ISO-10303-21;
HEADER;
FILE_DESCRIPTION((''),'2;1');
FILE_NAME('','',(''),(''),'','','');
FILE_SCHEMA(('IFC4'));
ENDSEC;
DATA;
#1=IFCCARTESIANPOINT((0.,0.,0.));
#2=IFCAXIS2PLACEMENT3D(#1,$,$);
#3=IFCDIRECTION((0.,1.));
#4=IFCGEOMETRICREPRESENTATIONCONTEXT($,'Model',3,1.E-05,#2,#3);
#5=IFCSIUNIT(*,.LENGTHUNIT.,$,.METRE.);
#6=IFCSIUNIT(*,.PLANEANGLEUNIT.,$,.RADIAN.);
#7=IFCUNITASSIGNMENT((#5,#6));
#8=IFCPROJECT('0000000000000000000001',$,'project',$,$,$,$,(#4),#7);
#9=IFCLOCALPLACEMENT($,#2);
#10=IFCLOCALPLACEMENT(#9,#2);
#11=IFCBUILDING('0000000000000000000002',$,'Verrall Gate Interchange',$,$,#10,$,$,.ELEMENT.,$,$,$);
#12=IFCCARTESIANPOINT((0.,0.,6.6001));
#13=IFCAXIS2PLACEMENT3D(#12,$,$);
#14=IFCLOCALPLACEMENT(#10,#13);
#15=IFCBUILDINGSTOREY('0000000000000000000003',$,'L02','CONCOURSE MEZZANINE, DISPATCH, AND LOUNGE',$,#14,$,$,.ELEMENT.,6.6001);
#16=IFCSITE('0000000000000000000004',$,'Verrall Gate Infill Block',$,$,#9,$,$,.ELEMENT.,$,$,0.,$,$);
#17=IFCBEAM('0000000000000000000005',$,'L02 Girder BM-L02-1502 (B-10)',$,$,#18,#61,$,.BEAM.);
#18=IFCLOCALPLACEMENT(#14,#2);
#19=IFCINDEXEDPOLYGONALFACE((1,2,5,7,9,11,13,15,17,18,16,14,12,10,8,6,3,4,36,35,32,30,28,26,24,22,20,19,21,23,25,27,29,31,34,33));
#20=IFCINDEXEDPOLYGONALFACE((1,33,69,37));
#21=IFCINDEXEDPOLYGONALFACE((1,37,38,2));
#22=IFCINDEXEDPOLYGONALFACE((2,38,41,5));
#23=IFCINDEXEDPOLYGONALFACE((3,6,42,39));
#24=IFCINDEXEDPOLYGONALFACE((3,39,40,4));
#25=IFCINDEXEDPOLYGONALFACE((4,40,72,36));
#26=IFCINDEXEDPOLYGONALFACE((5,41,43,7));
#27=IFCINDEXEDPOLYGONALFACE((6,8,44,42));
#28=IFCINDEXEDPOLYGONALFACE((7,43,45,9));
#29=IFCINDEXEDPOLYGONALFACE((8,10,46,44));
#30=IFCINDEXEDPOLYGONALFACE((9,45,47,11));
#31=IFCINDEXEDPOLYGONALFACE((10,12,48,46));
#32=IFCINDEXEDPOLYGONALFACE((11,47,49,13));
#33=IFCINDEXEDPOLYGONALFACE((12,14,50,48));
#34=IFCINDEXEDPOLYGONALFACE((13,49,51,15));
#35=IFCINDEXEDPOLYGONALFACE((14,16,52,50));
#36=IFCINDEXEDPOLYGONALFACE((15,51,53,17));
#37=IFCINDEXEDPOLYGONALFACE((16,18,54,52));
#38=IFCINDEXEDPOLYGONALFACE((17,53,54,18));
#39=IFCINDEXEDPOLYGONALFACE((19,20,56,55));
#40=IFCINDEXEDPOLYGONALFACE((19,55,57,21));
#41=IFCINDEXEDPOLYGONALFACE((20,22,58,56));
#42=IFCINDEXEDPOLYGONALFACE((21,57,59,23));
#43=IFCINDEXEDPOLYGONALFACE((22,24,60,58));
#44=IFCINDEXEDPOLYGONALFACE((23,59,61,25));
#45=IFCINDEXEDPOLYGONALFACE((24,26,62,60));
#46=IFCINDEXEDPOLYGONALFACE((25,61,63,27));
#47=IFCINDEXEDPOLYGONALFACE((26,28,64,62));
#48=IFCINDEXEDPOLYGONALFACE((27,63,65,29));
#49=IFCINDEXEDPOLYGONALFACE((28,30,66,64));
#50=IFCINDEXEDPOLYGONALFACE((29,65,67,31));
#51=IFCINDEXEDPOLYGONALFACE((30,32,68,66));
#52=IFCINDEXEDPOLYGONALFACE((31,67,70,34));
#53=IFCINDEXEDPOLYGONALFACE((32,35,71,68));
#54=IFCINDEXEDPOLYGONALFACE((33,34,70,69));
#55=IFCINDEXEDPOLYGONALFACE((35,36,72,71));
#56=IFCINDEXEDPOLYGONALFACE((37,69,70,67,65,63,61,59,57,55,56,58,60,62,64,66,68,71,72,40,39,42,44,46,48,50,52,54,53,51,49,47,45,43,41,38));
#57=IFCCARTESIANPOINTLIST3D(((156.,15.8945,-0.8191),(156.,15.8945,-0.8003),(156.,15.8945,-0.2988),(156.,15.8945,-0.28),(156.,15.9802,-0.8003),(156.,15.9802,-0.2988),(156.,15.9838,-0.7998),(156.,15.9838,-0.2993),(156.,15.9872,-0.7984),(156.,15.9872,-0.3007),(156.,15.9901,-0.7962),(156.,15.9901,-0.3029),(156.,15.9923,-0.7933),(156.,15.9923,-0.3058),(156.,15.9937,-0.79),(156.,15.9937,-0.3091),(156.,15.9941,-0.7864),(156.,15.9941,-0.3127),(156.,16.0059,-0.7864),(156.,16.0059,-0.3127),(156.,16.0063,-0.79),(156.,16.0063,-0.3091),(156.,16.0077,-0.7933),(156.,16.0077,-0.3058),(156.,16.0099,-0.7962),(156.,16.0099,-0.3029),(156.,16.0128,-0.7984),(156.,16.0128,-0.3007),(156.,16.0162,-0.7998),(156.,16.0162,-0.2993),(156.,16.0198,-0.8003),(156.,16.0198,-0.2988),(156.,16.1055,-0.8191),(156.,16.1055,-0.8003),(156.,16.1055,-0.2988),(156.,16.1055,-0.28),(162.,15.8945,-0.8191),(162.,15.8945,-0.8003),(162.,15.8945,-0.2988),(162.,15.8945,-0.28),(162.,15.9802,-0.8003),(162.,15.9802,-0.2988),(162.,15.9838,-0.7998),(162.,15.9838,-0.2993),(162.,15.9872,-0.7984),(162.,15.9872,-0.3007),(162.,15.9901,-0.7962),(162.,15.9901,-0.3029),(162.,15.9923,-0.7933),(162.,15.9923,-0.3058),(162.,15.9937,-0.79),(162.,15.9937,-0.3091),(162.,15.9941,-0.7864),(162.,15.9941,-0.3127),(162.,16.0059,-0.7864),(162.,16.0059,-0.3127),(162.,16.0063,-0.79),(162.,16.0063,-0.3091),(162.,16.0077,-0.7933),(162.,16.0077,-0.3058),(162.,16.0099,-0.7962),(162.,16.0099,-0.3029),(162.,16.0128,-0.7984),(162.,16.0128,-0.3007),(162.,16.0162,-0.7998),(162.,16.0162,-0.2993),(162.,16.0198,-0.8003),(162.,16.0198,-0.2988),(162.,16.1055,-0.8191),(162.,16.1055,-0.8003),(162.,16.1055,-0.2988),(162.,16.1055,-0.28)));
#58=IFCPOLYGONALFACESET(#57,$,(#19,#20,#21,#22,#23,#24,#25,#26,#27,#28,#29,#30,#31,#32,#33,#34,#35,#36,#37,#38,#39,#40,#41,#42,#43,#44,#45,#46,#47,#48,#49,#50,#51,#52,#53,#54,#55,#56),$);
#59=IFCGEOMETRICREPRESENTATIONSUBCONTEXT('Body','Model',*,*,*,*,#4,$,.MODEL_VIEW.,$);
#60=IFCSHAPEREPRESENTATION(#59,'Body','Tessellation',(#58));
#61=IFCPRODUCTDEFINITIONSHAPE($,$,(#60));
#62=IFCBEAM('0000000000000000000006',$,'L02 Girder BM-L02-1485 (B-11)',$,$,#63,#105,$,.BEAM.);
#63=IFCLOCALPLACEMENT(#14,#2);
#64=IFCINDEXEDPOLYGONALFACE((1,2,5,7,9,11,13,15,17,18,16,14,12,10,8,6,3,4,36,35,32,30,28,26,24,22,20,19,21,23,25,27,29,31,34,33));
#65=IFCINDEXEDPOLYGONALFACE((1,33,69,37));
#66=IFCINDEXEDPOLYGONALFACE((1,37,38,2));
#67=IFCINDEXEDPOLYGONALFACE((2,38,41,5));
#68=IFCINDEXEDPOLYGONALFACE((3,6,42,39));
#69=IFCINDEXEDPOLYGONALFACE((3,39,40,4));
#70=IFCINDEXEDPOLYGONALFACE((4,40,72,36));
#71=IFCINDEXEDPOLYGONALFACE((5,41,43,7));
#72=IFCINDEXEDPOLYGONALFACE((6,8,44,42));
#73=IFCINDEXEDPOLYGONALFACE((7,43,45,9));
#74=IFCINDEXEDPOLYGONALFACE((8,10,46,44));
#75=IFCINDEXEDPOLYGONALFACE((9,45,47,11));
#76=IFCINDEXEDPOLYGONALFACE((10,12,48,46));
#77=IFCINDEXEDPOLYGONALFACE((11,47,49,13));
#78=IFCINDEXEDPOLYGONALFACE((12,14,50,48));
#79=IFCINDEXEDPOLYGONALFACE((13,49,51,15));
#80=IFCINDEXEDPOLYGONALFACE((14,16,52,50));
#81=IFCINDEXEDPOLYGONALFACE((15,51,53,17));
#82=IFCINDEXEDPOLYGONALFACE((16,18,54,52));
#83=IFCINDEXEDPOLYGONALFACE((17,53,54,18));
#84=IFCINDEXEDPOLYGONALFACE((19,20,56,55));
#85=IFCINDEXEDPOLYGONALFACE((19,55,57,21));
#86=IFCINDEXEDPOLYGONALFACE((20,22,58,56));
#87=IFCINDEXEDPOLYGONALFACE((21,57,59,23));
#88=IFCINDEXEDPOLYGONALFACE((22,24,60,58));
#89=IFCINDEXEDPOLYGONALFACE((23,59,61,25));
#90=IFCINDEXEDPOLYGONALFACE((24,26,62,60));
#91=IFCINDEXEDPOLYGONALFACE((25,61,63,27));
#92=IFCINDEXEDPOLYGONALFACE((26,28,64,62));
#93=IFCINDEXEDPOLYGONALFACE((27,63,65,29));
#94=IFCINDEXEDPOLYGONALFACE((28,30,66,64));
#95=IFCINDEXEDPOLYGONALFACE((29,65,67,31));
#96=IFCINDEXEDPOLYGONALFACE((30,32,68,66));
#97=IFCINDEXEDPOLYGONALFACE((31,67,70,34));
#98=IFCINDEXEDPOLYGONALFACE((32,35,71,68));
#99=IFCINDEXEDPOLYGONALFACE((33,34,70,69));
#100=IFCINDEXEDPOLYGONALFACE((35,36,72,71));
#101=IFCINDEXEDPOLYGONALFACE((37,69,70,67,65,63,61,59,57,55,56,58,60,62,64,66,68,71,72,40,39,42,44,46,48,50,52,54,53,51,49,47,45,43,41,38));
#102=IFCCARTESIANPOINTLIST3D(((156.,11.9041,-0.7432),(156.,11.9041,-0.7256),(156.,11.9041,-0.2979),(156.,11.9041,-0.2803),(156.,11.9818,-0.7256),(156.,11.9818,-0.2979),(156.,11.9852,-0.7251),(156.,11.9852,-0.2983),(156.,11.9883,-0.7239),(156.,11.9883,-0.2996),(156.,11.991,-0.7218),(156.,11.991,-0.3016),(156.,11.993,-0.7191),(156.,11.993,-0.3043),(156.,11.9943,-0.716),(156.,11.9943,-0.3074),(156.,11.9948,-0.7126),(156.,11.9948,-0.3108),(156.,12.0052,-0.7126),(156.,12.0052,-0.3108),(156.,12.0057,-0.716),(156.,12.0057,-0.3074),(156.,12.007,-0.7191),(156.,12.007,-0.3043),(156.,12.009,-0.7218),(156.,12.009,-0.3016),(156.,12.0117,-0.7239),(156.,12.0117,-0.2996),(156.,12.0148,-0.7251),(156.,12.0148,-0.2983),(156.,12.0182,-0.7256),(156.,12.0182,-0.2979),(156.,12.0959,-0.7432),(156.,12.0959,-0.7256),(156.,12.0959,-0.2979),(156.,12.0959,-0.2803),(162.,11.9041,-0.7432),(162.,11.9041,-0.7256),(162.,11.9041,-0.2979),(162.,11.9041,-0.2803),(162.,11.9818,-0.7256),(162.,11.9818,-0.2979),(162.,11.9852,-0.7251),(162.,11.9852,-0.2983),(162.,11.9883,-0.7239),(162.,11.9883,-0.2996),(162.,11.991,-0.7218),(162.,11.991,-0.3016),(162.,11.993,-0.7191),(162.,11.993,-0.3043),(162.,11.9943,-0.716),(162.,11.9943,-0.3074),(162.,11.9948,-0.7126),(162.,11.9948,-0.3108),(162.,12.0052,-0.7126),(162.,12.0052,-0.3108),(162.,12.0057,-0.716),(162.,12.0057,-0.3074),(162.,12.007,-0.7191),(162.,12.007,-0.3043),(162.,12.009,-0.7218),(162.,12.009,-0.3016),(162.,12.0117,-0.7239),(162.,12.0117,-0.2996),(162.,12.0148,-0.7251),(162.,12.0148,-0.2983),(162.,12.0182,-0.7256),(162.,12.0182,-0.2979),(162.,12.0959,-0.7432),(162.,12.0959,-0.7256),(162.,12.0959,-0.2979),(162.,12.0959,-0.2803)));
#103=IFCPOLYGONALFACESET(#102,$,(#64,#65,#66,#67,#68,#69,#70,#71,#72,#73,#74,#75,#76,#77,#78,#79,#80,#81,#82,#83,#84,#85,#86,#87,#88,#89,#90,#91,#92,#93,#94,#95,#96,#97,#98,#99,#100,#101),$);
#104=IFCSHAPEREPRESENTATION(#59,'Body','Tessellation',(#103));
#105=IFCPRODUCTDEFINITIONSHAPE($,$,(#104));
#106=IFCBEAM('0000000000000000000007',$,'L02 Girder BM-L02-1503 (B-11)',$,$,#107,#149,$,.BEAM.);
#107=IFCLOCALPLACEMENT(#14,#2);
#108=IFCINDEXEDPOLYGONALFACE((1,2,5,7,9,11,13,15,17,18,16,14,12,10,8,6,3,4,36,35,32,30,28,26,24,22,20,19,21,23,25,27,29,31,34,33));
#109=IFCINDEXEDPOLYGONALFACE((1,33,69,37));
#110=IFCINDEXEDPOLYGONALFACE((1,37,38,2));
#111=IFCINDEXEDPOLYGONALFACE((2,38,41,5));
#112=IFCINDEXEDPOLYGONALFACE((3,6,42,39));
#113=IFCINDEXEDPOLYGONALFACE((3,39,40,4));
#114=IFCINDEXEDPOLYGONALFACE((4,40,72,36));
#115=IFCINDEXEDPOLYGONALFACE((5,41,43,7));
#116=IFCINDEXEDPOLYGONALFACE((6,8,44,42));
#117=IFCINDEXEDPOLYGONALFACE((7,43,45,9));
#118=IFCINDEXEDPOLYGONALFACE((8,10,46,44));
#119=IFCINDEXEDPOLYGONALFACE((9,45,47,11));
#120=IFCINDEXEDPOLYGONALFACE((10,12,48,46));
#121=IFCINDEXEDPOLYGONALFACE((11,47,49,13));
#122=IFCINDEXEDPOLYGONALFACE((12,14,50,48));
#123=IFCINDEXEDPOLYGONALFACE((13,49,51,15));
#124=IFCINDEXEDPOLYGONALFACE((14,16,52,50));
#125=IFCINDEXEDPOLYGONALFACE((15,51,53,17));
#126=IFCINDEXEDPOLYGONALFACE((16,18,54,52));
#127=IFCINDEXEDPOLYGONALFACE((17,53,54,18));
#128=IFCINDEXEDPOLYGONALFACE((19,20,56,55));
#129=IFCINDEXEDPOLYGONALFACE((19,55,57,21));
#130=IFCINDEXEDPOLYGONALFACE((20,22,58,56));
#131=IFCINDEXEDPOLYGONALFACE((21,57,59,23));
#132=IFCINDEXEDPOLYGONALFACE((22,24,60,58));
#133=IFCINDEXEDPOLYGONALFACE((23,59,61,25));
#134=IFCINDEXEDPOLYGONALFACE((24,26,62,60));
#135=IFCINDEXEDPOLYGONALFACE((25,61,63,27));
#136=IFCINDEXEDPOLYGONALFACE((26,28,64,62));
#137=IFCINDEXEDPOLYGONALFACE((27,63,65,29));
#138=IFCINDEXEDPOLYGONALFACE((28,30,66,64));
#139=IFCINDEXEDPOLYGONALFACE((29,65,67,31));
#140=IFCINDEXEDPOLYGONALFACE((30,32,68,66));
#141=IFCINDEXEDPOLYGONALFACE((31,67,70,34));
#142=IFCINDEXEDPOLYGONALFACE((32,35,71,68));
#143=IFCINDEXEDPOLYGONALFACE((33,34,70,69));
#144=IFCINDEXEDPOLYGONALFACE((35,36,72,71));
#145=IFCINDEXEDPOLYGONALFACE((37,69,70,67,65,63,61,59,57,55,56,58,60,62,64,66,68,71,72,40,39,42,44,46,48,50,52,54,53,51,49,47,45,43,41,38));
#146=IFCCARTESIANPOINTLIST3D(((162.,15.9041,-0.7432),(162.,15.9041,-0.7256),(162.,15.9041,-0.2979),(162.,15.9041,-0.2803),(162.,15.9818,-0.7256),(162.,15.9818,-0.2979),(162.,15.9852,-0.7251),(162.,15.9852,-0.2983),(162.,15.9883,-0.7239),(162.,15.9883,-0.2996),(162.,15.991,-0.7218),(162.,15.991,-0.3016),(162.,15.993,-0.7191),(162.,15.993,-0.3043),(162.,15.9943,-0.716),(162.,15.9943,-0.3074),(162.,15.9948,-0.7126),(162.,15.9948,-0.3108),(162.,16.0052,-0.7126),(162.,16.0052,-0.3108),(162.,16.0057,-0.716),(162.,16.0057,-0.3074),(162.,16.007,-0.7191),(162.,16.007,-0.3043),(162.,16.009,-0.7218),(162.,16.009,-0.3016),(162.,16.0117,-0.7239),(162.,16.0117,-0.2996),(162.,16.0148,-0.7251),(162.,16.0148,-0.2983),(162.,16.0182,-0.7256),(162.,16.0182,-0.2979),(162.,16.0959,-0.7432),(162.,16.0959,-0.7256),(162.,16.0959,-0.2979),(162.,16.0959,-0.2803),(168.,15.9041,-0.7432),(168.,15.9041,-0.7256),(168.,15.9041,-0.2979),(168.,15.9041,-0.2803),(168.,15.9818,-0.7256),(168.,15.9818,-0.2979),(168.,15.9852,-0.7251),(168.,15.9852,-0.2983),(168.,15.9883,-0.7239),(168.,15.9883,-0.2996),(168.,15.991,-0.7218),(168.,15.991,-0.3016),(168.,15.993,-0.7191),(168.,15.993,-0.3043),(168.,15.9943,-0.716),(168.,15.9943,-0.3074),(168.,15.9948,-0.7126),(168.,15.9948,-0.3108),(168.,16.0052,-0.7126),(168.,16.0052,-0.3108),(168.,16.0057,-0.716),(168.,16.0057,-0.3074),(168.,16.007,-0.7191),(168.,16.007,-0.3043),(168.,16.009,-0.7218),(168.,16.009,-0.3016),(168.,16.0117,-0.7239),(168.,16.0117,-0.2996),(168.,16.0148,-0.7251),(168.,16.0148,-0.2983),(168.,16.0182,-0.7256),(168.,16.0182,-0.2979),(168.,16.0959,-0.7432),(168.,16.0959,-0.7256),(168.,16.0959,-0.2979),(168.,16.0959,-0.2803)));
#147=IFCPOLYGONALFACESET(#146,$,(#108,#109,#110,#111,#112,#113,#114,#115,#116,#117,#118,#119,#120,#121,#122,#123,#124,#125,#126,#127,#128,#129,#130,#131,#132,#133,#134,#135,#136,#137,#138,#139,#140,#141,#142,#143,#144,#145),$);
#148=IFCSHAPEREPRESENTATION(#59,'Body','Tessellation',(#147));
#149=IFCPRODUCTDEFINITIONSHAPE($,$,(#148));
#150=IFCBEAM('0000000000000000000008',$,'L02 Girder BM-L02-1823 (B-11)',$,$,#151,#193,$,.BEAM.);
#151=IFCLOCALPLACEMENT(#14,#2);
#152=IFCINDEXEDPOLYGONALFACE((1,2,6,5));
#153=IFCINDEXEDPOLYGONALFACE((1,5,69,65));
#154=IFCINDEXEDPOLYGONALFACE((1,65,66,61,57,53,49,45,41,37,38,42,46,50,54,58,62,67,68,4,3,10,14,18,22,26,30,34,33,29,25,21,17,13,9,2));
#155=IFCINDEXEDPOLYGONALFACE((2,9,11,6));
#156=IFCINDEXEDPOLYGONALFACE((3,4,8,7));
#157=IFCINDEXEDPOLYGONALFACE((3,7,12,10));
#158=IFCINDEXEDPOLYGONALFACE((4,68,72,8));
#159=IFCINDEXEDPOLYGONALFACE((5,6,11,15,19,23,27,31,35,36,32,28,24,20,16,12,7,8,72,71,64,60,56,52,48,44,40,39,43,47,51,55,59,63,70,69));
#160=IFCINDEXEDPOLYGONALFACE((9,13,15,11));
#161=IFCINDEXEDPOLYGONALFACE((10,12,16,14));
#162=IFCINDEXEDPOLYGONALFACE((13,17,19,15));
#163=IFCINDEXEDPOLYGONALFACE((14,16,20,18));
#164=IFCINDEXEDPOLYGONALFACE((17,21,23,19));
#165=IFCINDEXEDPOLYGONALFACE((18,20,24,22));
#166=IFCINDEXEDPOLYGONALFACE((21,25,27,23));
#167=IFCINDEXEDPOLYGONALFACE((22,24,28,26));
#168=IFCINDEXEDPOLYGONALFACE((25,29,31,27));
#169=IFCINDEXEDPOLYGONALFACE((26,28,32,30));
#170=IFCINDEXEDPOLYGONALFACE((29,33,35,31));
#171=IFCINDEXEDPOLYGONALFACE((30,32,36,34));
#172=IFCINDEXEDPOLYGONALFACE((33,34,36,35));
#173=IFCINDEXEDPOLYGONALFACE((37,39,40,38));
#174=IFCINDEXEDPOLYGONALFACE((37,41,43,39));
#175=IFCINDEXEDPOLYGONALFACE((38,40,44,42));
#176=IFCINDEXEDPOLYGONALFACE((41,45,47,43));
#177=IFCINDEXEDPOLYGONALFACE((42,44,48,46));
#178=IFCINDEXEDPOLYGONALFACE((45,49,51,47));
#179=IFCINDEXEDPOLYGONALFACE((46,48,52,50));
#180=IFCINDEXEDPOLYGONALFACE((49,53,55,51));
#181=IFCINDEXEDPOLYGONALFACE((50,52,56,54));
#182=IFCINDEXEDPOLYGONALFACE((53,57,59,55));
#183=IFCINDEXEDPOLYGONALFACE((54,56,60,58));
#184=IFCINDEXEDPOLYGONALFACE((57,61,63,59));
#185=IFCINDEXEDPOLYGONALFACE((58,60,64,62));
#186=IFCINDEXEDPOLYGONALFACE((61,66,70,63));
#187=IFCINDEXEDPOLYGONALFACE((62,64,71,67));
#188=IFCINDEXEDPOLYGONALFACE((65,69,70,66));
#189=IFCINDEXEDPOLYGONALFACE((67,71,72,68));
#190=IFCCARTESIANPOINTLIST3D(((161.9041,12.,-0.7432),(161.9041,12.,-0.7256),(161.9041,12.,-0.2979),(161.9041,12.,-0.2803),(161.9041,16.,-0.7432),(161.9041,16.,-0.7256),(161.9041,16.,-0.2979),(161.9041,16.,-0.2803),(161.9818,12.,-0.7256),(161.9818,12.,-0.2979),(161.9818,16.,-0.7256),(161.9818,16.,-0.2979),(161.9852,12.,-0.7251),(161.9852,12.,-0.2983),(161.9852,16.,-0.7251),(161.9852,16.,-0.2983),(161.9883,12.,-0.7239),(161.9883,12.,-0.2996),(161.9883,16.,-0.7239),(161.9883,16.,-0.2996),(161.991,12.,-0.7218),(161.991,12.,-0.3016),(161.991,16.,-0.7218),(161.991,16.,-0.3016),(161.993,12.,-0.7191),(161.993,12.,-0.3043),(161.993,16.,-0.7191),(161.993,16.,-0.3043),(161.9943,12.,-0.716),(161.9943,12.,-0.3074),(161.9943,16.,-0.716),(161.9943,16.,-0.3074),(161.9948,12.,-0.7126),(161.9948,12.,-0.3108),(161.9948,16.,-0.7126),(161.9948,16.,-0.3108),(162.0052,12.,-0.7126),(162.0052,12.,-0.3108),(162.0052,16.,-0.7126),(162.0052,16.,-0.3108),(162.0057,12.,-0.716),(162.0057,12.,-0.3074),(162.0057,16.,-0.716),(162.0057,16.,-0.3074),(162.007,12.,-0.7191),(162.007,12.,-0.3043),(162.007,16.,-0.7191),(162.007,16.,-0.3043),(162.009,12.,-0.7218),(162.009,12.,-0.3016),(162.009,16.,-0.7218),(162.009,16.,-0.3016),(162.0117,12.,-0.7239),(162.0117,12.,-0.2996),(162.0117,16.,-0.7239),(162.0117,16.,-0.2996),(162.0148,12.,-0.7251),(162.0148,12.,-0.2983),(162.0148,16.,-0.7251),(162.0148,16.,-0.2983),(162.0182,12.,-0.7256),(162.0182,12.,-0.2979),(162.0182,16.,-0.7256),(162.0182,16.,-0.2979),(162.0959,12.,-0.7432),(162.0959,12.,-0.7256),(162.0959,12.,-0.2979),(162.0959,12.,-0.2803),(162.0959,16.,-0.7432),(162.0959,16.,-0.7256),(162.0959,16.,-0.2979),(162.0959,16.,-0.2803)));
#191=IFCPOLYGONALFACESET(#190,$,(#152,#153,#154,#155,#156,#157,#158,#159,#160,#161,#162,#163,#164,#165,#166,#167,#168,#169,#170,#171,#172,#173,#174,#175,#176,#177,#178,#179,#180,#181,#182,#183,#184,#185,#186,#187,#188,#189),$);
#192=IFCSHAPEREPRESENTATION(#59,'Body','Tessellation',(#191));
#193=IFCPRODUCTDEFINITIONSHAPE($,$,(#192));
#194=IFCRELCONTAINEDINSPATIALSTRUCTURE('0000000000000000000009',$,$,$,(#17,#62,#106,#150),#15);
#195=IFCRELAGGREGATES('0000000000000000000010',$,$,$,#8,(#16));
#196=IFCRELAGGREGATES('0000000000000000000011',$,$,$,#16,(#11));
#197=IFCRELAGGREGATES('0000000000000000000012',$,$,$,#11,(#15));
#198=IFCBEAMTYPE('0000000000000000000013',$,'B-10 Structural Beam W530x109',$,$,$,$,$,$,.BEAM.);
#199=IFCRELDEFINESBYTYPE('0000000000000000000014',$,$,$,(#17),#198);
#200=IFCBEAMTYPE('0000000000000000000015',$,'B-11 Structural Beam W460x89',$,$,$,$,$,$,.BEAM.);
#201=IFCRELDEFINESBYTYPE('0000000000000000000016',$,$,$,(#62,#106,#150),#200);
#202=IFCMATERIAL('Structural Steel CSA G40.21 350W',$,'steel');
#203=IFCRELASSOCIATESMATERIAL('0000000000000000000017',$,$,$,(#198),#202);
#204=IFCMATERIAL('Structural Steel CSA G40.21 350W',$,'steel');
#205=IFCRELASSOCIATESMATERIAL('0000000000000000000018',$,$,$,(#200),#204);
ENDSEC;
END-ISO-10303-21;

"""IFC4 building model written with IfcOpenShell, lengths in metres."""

from ifc_helpers import new_model, si_unit, direction, frame, origin, origin_2d, place, context, subcontext, project, spatial, i_section, extrude, material, material_profile, profile_set, type_object, element, save


model = new_model("IFC4")

# Units and contexts
model_context = context("Model", 3, precision=1e-05, world=origin(), true_north=direction((0.0, 1.0)))
body_context = subcontext(model_context, "Body", "Model", "MODEL_VIEW")
ifc_project = project(units=[si_unit("LENGTHUNIT", "METRE"), si_unit("PLANEANGLEUNIT", "RADIAN")], contexts=[model_context])

# Site, building, storey
site_placement = place(None, origin())
site = spatial("IfcSite", under=ifc_project, at=site_placement, Name="Verrall Gate Infill Block", CompositionType="ELEMENT", RefElevation=0.0)
building_placement = place(site_placement, origin())
building = spatial("IfcBuilding", under=site, at=building_placement, Name="Verrall Gate Interchange", CompositionType="ELEMENT")
storey_placement = place(building_placement, frame((0.0, 0.0, 6.6001)))
storey = spatial("IfcBuildingStorey", under=building, at=storey_placement, Name="L02", Description="CONCOURSE MEZZANINE, DISPATCH, AND LOUNGE", CompositionType="ELEMENT", Elevation=6.6001)

# Beams
ifc_material_1 = material(Name="Structural Steel CSA G40.21 350W", Category="steel")
ifc_material_profile_1 = material_profile(ifc_material_1, i_section(OverallWidth=0.2109, OverallDepth=0.5391, WebThickness=0.0117, FlangeThickness=0.0188, FilletRadius=0.0139, at=origin_2d()), Name="W530x109")
ifc_profile_set_1 = profile_set([ifc_material_profile_1], Name="Structural Steel CSA G40.21 350W")
beam_type_1 = type_object("IfcBeamType", Name="B-10 Structural Beam W530x109", PredefinedType="BEAM", material=ifc_profile_set_1)
beam_1_placement = place(storey_placement, frame((156.0, 16.0, -0.5496), z_axis=(1.0, 0.0, 0.0), x_axis=(0.0, 1.0, 0.0)))
element("IfcBeam", 1, at=beam_1_placement, inside=storey, type_object=beam_type_1, Name="L02 Girder BM-L02-1502 (B-10)", PredefinedType="BEAM", context=body_context, shape_type="SweptSolid", body=[
    extrude(i_section(OverallWidth=0.2109, OverallDepth=0.5391, WebThickness=0.0117, FlangeThickness=0.0188, FilletRadius=0.0139, at=origin_2d()), origin(), (0.0, 0.0, 1.0), 6.0),
])
ifc_material_2 = material(Name="Structural Steel CSA G40.21 350W", Category="steel")
ifc_material_profile_2 = material_profile(ifc_material_2, i_section(OverallWidth=0.1919, OverallDepth=0.4629, WebThickness=0.0105, FlangeThickness=0.0176, FilletRadius=0.0129, at=origin_2d()), Name="W460x89")
ifc_profile_set_2 = profile_set([ifc_material_profile_2], Name="Structural Steel CSA G40.21 350W")
beam_type_2 = type_object("IfcBeamType", Name="B-11 Structural Beam W460x89", PredefinedType="BEAM", material=ifc_profile_set_2)
for number, where, z_axis, x_axis, name in (
    (2, (156.0, 12.0, -0.5117), (1.0, 0.0, 0.0), (0.0, 1.0, 0.0), "L02 Girder BM-L02-1485 (B-11)"),
    (3, (162.0, 16.0, -0.5117), (1.0, 0.0, 0.0), (0.0, 1.0, 0.0), "L02 Girder BM-L02-1503 (B-11)"),
):
    element("IfcBeam", number, at=place(storey_placement, frame(where, z_axis=z_axis, x_axis=x_axis)), inside=storey, type_object=beam_type_2, Name=name, PredefinedType="BEAM", context=body_context, shape_type="SweptSolid", body=[
        extrude(i_section(OverallWidth=0.1919, OverallDepth=0.4629, WebThickness=0.0105, FlangeThickness=0.0176, FilletRadius=0.0129, at=origin_2d()), origin(), (0.0, 0.0, 1.0), 6.0),
    ])
beam_2_placement = place(storey_placement, frame((162.0, 12.0, -0.5117), z_axis=(0.0, 1.0, 0.0), x_axis=(-1.0, 0.0, 0.0)))
element("IfcBeam", 4, at=beam_2_placement, inside=storey, type_object=beam_type_2, Name="L02 Girder BM-L02-1823 (B-11)", PredefinedType="BEAM", context=body_context, shape_type="SweptSolid", body=[
    extrude(i_section(OverallWidth=0.1919, OverallDepth=0.4629, WebThickness=0.0105, FlangeThickness=0.0176, FilletRadius=0.0129, at=origin_2d()), origin(), (0.0, 0.0, 1.0), 4.0),
])

save(model, "model.ifc")
